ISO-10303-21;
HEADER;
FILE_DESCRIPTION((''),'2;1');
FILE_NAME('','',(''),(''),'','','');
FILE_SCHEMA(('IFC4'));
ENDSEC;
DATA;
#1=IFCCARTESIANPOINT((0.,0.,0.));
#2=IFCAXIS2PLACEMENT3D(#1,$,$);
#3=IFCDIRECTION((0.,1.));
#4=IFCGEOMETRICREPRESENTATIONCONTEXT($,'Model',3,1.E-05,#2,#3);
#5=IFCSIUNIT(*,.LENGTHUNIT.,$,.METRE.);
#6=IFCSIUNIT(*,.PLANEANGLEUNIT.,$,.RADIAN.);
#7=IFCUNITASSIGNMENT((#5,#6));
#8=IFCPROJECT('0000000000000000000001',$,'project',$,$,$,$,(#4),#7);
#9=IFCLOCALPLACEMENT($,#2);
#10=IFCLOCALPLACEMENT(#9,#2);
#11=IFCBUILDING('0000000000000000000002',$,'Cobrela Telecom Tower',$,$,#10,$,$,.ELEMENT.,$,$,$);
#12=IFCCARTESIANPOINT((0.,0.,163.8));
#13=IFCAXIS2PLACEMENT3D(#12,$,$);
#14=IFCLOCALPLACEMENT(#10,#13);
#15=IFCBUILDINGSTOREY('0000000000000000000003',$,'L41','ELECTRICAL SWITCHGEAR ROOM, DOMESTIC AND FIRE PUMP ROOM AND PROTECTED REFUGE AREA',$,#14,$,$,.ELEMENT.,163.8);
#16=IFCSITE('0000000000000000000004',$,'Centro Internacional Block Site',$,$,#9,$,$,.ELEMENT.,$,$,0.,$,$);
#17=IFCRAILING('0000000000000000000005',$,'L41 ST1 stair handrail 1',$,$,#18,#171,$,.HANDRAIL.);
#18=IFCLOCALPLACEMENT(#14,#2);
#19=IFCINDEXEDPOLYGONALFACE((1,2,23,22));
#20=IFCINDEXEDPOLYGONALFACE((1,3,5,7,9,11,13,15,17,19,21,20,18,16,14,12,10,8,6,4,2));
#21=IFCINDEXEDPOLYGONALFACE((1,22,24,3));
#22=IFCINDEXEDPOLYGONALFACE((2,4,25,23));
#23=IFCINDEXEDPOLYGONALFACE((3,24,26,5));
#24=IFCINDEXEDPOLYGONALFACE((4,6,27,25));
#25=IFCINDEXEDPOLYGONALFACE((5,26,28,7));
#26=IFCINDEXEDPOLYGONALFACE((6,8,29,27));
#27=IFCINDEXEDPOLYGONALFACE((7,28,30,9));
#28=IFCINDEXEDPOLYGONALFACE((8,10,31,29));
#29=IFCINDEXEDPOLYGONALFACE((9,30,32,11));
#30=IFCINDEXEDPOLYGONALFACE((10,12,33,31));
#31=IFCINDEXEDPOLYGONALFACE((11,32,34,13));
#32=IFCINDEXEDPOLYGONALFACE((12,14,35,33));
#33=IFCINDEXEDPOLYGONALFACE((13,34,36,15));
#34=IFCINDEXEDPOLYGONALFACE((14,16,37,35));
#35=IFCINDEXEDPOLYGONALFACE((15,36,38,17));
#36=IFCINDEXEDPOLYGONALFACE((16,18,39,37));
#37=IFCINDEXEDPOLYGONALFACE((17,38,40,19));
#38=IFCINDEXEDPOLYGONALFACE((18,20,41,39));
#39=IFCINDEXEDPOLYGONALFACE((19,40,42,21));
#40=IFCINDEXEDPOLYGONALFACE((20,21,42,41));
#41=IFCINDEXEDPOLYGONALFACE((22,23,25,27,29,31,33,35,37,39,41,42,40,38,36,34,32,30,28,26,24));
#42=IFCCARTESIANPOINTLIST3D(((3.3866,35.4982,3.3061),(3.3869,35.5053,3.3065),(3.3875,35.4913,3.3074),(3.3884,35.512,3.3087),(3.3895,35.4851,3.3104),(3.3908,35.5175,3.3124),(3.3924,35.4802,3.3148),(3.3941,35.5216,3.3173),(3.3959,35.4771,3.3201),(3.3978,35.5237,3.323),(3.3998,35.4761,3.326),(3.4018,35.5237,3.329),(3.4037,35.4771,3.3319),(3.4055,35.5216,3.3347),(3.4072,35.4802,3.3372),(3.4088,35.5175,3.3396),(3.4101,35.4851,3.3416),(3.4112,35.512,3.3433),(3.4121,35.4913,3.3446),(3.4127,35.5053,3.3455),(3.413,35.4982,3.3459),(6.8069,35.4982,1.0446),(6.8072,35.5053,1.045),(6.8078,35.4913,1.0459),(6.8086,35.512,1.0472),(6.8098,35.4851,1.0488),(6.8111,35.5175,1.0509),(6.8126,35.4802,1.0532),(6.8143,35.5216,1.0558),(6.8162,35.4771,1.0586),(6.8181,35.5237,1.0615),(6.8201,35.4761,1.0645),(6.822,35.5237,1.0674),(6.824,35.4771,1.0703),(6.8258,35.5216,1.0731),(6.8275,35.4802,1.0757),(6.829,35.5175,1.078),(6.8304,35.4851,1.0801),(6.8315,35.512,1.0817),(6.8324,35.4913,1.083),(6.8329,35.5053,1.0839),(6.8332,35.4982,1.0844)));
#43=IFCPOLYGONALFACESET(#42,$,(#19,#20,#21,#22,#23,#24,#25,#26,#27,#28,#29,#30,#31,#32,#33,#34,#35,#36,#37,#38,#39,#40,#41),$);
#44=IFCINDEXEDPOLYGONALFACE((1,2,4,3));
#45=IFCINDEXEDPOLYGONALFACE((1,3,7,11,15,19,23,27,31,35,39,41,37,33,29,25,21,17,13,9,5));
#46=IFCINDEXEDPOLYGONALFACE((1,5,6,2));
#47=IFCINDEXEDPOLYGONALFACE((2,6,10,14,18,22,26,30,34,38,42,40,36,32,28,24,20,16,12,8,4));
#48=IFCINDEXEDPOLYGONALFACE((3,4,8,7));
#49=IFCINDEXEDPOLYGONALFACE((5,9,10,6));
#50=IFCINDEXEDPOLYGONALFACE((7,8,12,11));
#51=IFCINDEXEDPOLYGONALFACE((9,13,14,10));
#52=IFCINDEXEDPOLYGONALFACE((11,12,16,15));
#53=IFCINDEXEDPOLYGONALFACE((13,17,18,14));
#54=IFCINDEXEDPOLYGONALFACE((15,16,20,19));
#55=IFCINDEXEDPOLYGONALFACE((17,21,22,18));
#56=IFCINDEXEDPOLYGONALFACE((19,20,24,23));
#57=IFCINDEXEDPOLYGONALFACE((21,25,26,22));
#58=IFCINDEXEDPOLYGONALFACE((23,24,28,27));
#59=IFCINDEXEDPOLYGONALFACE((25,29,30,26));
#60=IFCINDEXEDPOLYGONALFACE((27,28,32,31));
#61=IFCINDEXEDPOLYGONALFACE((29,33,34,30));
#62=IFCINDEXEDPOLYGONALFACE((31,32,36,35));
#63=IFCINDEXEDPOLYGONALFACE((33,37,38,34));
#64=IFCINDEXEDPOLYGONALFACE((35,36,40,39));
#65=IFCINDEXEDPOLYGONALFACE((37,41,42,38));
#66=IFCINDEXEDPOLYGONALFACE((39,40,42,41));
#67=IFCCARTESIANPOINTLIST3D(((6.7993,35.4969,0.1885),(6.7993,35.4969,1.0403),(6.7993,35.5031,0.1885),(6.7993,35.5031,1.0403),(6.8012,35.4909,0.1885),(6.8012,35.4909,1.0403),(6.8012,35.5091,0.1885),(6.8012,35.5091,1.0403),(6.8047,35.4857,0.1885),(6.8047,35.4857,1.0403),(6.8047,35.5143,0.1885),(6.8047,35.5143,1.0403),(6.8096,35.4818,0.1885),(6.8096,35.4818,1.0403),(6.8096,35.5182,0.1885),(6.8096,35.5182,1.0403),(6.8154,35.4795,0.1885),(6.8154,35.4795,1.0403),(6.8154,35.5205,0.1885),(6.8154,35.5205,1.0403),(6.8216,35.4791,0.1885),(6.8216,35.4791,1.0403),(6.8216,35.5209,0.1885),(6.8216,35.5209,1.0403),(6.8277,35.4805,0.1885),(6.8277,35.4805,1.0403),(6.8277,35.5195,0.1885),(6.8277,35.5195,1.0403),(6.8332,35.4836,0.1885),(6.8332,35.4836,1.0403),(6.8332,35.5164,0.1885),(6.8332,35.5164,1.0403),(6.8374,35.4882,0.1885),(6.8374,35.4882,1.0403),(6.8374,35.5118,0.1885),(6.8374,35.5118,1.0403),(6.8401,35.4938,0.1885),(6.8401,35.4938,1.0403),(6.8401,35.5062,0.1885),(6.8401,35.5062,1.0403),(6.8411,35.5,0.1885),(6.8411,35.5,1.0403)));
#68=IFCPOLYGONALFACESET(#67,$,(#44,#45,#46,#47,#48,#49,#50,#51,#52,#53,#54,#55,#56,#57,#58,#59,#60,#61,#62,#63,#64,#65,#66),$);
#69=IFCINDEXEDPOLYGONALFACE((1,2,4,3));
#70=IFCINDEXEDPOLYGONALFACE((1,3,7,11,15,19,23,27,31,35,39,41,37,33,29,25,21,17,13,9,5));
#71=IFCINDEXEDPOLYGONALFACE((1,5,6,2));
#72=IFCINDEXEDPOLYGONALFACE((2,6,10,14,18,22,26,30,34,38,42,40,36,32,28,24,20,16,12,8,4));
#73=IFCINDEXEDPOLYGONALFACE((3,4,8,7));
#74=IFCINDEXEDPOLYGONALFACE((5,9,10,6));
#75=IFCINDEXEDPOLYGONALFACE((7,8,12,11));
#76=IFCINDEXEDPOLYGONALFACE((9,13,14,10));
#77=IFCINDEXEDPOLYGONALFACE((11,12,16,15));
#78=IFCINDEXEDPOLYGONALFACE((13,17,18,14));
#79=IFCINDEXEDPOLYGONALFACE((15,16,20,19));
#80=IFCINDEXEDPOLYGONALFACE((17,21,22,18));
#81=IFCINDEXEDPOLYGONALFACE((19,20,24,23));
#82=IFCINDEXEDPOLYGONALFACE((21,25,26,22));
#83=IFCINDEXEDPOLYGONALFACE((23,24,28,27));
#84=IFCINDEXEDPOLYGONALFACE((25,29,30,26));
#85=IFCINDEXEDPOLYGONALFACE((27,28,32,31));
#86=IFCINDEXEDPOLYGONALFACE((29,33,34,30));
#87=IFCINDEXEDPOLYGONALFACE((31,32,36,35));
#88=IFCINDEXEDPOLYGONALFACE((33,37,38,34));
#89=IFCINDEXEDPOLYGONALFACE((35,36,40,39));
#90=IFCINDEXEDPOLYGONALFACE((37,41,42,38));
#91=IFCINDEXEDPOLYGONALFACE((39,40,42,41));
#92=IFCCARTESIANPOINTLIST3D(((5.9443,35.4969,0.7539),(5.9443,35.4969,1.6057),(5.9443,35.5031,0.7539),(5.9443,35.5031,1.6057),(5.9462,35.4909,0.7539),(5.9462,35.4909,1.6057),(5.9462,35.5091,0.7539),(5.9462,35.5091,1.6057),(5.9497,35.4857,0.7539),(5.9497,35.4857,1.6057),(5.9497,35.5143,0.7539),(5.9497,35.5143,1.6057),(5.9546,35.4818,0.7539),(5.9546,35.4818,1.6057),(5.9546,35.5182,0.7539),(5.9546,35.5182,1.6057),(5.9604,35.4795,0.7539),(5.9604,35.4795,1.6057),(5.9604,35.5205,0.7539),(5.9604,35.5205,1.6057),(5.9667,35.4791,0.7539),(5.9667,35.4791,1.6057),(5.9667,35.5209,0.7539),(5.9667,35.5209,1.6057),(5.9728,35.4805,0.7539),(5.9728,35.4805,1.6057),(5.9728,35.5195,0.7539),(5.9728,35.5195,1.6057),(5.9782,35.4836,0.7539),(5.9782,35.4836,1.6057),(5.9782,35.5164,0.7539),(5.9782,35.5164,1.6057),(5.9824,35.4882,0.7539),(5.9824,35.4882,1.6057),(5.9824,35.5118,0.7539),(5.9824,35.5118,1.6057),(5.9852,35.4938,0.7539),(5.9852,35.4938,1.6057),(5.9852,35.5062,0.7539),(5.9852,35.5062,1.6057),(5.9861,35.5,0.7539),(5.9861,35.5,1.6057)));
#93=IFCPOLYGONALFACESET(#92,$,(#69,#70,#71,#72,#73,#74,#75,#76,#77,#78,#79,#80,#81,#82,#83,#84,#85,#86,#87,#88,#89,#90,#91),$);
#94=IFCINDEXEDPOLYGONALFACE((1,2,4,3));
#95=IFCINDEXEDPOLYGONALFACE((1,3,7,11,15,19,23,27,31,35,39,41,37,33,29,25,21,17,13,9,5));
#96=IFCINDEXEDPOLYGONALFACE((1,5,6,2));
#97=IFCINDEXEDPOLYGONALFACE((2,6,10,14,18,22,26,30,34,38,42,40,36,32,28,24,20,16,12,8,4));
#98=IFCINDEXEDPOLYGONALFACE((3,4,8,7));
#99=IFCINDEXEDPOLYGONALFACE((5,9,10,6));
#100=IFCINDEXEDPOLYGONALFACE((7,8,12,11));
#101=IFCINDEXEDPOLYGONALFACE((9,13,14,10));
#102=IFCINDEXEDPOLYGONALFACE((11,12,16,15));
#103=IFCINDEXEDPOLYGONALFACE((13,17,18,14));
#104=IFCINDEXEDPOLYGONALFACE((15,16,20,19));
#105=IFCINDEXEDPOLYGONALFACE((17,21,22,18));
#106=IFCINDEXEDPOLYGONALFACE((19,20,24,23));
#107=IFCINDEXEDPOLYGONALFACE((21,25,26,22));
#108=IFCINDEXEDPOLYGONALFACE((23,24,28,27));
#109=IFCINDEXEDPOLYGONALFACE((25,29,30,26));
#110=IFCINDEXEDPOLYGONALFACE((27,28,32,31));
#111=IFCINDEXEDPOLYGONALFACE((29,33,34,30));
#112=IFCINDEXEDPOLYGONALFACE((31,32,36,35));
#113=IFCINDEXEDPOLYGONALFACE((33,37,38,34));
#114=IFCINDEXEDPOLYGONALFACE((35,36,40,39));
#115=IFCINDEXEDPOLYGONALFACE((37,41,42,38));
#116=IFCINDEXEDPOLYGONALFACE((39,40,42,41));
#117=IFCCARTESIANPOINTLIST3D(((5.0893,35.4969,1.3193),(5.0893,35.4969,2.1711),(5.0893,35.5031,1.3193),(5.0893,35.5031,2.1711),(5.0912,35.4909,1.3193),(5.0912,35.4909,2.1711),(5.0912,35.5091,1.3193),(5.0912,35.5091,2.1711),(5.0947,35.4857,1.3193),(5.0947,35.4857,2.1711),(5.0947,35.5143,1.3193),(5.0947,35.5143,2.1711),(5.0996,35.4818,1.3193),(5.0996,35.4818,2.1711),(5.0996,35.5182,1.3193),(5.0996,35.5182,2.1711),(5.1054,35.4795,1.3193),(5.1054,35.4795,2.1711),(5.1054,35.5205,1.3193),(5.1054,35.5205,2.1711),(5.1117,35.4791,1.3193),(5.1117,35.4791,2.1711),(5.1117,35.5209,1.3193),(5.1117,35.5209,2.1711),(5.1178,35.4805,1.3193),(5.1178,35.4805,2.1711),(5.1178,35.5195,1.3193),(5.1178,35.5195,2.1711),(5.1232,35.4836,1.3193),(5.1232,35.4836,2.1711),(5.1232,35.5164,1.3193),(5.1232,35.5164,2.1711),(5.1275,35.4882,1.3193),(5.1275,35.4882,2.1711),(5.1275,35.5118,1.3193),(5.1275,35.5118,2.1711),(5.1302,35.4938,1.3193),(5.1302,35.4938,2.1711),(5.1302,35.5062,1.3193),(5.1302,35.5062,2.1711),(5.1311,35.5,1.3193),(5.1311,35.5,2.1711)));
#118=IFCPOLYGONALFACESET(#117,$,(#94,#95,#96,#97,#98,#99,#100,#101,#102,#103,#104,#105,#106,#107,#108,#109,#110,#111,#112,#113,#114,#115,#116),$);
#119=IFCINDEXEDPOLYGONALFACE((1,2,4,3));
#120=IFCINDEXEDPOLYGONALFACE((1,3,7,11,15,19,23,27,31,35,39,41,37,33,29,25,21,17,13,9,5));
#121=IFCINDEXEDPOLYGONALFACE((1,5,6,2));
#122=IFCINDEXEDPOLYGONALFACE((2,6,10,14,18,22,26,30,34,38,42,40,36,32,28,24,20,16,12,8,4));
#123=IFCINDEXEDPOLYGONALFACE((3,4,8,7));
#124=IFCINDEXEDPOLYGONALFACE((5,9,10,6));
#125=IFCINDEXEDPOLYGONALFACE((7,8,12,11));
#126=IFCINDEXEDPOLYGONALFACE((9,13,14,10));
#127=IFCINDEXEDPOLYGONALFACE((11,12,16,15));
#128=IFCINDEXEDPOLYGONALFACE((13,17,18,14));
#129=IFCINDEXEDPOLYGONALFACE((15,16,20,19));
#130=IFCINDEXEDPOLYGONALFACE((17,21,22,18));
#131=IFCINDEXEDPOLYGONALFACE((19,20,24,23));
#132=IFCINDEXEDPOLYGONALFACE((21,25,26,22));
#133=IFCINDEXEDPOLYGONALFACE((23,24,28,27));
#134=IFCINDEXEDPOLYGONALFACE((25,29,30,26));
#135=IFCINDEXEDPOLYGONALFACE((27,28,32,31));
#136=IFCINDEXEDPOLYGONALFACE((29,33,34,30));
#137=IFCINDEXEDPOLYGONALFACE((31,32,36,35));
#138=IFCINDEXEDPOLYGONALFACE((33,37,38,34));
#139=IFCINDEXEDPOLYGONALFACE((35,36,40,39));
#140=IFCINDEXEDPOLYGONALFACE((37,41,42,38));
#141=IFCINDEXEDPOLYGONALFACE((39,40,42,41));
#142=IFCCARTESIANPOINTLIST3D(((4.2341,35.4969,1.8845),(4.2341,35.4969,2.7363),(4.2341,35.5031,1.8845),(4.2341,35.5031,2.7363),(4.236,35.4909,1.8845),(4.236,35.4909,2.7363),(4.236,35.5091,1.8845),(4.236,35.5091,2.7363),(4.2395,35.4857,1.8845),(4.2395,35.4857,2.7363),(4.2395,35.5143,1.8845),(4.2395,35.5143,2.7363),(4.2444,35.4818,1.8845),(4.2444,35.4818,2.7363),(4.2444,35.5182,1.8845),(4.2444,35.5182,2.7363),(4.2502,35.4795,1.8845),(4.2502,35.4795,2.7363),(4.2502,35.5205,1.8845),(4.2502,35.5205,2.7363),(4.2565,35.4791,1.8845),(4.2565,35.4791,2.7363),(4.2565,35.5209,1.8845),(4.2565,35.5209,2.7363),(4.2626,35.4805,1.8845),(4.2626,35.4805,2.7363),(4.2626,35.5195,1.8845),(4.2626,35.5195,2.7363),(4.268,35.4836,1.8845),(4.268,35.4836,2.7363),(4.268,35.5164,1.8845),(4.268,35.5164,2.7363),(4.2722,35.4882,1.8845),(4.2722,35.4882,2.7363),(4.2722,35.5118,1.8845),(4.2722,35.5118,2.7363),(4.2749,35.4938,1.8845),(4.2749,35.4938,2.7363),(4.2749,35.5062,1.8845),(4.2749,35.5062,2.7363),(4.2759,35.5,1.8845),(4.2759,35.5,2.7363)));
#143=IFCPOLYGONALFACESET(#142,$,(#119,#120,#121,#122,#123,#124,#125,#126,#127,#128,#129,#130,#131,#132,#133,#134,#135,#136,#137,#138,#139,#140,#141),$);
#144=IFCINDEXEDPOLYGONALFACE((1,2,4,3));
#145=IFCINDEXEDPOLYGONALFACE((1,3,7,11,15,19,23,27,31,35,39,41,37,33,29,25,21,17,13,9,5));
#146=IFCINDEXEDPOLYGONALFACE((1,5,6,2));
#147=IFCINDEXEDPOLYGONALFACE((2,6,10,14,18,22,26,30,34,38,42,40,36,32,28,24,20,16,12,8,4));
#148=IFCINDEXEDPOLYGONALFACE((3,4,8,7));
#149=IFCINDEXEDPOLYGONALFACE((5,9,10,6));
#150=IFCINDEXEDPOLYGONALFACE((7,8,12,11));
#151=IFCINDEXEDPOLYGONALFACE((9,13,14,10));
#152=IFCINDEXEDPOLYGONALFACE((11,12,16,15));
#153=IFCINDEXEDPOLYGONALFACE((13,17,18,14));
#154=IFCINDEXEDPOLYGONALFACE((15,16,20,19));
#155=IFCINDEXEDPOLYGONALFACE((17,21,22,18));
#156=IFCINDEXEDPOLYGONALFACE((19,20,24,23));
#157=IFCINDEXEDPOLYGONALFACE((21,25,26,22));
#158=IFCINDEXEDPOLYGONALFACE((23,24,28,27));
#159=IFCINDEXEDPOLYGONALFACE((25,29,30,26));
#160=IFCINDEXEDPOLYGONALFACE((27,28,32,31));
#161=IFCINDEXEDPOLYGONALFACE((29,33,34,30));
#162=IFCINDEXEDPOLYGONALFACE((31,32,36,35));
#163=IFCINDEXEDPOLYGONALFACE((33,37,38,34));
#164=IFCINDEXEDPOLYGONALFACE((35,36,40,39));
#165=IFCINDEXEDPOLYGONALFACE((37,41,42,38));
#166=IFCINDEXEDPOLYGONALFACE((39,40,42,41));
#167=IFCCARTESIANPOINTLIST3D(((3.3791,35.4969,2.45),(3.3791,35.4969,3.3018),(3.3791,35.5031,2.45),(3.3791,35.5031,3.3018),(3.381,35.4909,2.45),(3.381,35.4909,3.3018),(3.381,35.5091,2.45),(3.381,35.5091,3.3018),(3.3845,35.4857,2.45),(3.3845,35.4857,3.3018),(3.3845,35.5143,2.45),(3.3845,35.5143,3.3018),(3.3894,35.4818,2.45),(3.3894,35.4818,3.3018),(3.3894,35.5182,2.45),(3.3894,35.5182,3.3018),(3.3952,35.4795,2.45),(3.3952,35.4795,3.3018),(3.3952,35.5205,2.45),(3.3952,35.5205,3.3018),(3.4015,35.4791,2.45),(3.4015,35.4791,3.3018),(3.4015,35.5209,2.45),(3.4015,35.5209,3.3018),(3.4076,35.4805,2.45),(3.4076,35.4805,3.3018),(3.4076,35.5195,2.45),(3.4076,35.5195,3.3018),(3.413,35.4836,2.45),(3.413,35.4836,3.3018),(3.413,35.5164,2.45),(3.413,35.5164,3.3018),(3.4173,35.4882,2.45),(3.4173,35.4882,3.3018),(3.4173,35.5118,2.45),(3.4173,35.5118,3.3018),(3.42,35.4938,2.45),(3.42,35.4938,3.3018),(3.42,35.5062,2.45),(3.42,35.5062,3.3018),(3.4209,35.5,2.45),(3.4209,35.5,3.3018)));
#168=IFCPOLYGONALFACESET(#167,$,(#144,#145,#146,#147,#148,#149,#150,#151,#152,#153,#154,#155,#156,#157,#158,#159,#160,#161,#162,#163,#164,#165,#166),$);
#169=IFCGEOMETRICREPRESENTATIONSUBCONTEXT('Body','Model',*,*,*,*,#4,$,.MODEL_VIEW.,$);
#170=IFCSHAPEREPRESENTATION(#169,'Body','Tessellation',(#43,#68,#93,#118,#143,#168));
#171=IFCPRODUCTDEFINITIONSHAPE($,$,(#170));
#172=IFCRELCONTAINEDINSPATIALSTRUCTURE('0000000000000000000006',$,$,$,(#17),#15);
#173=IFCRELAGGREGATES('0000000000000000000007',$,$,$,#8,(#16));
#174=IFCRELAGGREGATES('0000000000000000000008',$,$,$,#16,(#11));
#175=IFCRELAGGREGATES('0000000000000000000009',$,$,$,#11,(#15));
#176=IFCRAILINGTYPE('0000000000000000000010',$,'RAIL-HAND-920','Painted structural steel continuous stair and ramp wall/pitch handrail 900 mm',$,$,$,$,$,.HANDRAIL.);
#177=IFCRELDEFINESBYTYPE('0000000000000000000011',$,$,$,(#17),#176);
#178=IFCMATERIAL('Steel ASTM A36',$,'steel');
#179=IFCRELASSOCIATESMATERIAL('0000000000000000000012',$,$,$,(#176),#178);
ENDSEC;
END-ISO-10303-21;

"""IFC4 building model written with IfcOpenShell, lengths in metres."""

from ifc_helpers import new_model, si_unit, direction, frame, origin, origin_2d, place, context, subcontext, project, spatial, circle, extrude, material, type_object, element, save


model = new_model("IFC4")

# Units and contexts
model_context = context("Model", 3, precision=1e-05, world=origin(), true_north=direction((0.0, 1.0)))
body_context = subcontext(model_context, "Body", "Model", "MODEL_VIEW")
ifc_project = project(units=[si_unit("LENGTHUNIT", "METRE"), si_unit("PLANEANGLEUNIT", "RADIAN")], contexts=[model_context])

# Site, building, storey
site_placement = place(None, origin())
site = spatial("IfcSite", under=ifc_project, at=site_placement, Name="Centro Internacional Block Site", CompositionType="ELEMENT", RefElevation=0.0)
building_placement = place(site_placement, origin())
building = spatial("IfcBuilding", under=site, at=building_placement, Name="Cobrela Telecom Tower", CompositionType="ELEMENT")
storey_placement = place(building_placement, frame((0.0, 0.0, 163.8)))
storey = spatial("IfcBuildingStorey", under=building, at=storey_placement, Name="L41", Description="ELECTRICAL SWITCHGEAR ROOM, DOMESTIC AND FIRE PUMP ROOM AND PROTECTED REFUGE AREA", CompositionType="ELEMENT", Elevation=163.8)

# Railing
ifc_material_1 = material(Name="Steel ASTM A36", Category="steel")
railing_type_1 = type_object("IfcRailingType", Name="RAIL-HAND-920", Description="Painted structural steel continuous stair and ramp wall/pitch handrail 900 mm", PredefinedType="HANDRAIL", material=ifc_material_1)
railing_1_placement = place(storey_placement, frame((6.8201, 35.5, 0.1885)))
element("IfcRailing", 1, at=railing_1_placement, inside=storey, type_object=railing_type_1, Name="L41 ST1 stair handrail 1", PredefinedType="HANDRAIL", context=body_context, shape_type="SweptSolid", body=[
    extrude(circle(Radius=0.0239, at=origin_2d()), frame((0.0, 0.0, 0.876), z_axis=(-0.834142, 0.0, 0.55155), x_axis=(0.0, -1.0, 0.0)), (0.0, 0.0, 1.0), 4.1003),
    extrude(circle(Radius=0.021, at=origin_2d()), origin(), (0.0, 0.0, 1.0), 0.8518),
    extrude(circle(Radius=0.021, at=origin_2d()), frame((-0.855, 0.0, 0.5654)), (0.0, 0.0, 1.0), 0.8518),
    extrude(circle(Radius=0.021, at=origin_2d()), frame((-1.71, 0.0, 1.1309)), (0.0, 0.0, 1.0), 0.8518),
    extrude(circle(Radius=0.021, at=origin_2d()), frame((-2.5652, 0.0, 1.696)), (0.0, 0.0, 1.0), 0.8518),
    extrude(circle(Radius=0.021, at=origin_2d()), frame((-3.4202, 0.0, 2.2615)), (0.0, 0.0, 1.0), 0.8518),
])

save(model, "model.ifc")
